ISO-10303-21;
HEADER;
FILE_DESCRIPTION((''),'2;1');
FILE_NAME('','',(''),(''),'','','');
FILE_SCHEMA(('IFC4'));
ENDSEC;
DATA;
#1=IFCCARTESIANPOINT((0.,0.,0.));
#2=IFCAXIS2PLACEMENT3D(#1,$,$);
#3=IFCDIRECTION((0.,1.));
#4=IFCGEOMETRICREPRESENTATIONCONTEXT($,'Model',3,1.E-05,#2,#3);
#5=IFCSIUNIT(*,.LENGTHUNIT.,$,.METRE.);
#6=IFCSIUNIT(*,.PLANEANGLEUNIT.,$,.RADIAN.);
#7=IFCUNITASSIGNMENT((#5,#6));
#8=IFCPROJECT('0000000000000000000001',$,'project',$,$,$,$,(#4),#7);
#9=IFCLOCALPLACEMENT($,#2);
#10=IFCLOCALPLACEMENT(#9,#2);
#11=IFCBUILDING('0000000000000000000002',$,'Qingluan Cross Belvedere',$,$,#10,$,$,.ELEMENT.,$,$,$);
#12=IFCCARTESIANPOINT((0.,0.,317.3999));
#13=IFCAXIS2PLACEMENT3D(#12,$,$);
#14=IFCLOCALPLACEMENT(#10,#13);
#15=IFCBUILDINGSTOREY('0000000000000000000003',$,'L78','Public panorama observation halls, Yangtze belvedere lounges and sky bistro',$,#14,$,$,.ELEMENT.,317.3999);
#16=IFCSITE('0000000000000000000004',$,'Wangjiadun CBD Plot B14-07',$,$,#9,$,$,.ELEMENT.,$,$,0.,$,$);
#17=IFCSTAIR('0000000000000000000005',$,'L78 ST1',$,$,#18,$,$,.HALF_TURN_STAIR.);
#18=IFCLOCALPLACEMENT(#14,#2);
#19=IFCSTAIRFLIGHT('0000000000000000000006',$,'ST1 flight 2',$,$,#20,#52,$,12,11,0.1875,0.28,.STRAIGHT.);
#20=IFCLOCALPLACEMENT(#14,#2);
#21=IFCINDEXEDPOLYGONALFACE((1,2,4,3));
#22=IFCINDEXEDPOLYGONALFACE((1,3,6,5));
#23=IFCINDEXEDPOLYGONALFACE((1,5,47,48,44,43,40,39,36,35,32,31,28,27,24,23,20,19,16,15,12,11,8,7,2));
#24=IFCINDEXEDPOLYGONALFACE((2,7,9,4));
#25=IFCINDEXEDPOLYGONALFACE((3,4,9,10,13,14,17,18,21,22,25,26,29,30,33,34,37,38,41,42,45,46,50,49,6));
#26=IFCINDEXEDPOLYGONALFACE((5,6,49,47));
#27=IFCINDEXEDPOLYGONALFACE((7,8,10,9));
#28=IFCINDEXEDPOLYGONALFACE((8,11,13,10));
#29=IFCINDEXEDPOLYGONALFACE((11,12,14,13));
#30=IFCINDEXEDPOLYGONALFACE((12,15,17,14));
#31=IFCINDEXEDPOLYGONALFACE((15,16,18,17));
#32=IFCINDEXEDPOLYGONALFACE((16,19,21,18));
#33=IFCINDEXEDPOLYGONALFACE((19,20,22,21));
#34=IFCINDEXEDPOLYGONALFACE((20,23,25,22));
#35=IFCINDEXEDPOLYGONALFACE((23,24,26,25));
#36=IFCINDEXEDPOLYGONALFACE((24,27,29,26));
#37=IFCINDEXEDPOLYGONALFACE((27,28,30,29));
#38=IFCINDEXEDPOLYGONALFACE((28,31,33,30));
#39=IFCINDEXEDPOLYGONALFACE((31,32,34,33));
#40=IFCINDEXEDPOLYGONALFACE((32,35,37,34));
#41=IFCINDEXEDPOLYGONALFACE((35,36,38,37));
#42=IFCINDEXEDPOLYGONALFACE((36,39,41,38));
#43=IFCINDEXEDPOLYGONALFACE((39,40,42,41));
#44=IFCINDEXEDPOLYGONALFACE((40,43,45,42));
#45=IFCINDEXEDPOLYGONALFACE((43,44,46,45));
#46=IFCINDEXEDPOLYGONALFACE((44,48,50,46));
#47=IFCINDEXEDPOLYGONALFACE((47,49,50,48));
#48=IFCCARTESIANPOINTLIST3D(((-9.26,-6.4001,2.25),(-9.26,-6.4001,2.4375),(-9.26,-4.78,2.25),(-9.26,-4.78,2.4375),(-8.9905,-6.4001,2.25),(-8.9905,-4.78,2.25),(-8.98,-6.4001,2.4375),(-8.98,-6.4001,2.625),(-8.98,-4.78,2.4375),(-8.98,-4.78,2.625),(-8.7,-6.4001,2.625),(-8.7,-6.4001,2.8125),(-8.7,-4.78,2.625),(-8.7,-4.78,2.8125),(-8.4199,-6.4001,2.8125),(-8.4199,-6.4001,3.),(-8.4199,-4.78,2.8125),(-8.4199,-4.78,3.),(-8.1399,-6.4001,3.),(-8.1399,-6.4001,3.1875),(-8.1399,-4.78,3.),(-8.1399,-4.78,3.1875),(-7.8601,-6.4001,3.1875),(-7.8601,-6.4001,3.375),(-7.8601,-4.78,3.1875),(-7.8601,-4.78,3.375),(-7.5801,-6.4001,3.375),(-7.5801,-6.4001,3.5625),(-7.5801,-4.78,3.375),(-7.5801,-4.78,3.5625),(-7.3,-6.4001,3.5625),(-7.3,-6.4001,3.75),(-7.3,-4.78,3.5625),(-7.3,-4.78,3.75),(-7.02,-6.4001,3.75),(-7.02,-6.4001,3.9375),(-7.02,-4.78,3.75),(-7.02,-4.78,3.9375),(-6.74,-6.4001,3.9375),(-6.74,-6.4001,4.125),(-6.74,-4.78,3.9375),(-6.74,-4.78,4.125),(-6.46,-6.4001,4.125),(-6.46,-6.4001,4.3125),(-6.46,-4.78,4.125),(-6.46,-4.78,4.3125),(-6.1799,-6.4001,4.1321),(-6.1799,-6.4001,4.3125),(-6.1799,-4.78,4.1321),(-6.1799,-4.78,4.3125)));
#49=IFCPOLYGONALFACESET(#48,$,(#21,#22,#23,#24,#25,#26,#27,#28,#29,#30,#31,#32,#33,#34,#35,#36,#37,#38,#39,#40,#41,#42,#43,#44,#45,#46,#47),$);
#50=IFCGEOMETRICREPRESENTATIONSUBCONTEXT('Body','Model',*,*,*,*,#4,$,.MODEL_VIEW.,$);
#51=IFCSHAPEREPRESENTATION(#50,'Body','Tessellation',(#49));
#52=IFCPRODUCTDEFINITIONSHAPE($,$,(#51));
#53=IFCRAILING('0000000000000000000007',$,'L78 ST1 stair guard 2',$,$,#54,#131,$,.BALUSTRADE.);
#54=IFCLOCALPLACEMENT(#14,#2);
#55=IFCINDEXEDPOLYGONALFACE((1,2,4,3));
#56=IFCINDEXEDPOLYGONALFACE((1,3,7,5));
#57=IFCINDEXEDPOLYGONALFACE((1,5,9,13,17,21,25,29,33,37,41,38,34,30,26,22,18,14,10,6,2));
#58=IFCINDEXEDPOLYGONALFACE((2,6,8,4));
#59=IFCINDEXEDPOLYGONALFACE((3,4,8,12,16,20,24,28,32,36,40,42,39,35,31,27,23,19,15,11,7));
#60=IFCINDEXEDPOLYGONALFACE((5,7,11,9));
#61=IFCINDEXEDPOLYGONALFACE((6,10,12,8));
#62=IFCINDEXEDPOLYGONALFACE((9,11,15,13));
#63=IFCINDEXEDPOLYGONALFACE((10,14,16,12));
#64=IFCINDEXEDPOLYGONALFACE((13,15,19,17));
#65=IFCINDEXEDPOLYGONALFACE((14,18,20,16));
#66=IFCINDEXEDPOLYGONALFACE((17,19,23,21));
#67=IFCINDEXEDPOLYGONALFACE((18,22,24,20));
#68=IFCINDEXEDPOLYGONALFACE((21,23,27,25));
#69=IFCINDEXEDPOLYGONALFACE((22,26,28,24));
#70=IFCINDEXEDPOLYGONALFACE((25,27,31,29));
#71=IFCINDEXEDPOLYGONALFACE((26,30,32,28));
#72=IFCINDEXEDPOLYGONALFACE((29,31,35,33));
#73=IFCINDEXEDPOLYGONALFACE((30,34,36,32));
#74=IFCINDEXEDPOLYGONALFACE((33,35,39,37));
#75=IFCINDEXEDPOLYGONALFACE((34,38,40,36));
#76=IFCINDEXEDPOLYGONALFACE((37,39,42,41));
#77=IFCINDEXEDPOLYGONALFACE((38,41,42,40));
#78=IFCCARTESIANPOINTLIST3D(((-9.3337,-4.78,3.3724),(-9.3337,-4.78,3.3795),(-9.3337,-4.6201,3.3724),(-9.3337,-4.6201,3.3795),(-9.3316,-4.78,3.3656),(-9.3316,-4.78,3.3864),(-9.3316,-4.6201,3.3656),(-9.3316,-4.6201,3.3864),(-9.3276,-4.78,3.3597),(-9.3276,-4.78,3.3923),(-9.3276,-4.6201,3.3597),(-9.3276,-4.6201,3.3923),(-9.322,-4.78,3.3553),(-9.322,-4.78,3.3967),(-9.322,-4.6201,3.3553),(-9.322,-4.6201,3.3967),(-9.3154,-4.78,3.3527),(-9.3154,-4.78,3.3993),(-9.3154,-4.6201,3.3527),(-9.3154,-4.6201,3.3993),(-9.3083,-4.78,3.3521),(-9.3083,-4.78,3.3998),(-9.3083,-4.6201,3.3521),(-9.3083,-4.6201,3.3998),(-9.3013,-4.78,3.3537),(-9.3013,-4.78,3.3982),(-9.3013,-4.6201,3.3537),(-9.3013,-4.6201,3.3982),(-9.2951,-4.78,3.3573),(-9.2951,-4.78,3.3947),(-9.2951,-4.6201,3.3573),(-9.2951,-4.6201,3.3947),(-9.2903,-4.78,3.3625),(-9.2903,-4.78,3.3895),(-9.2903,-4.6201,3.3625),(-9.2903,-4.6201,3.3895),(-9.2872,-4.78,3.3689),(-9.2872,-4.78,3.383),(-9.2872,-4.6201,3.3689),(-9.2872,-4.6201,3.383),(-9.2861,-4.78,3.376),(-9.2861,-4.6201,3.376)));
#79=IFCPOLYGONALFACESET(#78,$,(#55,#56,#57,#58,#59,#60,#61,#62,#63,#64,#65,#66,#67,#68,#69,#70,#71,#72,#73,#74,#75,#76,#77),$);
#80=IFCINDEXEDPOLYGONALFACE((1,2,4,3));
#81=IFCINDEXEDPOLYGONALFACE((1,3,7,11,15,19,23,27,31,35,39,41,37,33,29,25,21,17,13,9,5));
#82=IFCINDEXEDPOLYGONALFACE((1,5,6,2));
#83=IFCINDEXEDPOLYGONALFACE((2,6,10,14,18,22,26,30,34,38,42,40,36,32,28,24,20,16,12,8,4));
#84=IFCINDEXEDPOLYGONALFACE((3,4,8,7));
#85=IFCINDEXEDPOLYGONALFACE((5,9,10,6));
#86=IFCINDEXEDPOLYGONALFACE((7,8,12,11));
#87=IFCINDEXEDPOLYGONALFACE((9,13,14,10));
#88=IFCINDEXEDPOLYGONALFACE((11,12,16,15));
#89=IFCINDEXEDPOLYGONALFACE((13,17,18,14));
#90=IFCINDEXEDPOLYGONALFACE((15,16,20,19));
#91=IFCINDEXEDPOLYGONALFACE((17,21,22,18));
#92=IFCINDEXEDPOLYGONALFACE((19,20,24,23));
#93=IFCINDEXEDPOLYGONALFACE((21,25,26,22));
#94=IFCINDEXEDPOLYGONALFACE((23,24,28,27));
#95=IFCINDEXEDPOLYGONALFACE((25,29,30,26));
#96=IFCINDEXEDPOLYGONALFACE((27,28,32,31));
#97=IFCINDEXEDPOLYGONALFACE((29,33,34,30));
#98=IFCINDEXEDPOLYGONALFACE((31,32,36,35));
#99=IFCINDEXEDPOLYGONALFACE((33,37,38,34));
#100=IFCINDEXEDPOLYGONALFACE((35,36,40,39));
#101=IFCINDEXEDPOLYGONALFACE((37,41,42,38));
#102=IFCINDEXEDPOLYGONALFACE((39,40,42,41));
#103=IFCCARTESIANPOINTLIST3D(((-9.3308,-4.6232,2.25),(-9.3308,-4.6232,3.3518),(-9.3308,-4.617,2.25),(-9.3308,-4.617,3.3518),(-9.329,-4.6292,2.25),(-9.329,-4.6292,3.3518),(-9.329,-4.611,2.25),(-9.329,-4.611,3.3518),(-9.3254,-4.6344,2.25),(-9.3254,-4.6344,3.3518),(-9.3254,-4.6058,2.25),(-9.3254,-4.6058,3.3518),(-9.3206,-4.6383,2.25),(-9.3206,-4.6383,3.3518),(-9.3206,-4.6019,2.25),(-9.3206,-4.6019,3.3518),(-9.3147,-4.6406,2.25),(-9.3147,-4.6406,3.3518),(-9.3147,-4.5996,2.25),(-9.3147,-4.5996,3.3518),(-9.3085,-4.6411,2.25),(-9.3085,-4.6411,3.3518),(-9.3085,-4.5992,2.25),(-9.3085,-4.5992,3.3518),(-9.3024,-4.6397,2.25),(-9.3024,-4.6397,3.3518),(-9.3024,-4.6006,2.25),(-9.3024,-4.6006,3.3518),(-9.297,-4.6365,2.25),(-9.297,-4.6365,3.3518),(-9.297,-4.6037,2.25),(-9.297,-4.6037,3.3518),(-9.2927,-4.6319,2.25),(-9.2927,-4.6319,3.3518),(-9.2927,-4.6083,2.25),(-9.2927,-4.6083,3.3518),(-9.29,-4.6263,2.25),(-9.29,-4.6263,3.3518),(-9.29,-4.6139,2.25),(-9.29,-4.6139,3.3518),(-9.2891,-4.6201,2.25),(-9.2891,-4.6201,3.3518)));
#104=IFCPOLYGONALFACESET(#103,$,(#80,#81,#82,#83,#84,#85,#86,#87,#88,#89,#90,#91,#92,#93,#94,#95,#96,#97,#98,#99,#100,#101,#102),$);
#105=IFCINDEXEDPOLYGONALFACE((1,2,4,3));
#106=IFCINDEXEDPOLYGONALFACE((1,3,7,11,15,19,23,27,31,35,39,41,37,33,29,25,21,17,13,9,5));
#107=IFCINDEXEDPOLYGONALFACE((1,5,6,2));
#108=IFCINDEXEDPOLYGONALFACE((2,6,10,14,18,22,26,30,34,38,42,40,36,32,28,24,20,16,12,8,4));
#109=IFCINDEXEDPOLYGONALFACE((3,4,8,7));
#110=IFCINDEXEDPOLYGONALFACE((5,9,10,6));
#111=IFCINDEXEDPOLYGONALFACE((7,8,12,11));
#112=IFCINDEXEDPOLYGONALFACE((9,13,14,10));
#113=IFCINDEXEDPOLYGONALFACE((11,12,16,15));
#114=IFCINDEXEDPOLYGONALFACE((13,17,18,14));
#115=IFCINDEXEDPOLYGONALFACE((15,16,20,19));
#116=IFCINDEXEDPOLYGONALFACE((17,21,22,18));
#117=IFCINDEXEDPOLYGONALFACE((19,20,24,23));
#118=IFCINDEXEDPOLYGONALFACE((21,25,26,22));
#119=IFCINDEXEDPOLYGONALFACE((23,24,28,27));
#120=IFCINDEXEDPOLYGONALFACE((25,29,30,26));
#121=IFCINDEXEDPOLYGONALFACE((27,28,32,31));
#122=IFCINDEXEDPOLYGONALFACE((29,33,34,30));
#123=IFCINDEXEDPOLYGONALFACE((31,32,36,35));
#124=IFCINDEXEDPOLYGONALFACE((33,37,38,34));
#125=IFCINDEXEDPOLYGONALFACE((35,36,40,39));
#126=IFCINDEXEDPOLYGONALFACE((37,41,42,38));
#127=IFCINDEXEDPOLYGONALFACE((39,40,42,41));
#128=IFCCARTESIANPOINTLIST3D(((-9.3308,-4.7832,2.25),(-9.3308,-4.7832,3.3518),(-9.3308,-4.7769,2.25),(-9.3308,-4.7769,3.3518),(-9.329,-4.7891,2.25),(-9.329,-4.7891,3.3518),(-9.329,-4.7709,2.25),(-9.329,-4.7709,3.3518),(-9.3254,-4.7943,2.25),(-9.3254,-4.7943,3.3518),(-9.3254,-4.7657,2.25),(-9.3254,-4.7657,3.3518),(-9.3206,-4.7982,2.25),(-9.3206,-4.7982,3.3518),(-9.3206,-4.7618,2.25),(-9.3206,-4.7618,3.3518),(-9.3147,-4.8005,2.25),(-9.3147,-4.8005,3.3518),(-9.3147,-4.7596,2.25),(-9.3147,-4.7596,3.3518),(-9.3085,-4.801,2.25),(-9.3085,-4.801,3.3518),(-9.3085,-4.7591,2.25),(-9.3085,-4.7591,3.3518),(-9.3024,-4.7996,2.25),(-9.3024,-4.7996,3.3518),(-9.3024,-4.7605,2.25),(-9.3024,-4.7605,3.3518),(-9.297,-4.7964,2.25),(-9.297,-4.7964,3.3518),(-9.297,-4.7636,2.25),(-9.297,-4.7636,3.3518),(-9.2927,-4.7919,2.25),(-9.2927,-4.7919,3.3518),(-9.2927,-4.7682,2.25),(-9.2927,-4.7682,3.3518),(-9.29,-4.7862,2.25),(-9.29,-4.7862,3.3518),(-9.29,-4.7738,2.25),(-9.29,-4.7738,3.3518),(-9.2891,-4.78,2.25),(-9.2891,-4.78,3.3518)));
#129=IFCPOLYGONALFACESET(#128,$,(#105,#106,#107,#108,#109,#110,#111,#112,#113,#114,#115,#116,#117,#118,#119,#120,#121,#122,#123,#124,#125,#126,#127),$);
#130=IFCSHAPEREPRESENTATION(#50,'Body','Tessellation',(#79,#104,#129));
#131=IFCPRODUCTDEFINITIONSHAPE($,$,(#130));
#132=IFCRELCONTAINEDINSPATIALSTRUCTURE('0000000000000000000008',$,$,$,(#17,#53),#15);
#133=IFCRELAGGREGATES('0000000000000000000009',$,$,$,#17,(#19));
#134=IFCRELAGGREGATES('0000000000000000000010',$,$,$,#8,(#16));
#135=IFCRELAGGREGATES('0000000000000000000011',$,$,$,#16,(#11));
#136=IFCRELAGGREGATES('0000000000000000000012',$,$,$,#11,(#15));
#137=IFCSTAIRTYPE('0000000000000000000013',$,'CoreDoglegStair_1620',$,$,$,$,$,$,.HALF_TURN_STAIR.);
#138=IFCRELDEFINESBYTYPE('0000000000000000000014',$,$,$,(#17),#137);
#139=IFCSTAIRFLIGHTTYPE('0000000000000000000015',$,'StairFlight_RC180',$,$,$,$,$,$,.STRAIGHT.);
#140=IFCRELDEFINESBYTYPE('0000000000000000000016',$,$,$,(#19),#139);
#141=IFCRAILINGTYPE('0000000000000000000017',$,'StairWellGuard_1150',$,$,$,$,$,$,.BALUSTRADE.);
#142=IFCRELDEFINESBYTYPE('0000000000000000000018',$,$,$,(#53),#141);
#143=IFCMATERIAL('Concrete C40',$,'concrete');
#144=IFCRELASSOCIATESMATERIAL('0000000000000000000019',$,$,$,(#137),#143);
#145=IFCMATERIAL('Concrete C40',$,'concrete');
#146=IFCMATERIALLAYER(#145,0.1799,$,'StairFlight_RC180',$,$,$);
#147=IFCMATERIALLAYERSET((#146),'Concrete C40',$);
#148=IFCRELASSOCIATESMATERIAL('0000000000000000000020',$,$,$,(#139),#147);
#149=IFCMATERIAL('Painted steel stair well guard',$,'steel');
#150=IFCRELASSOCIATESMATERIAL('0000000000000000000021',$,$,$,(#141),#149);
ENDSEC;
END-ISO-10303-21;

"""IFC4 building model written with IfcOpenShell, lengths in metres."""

from ifc_helpers import new_model, si_unit, direction, frame, origin, origin_2d, place, context, subcontext, project, spatial, polyline, circle, outline, extrude, material, layer, layer_set, type_object, element, aggregate, save


model = new_model("IFC4")

# Units and contexts
model_context = context("Model", 3, precision=1e-05, world=origin(), true_north=direction((0.0, 1.0)))
body_context = subcontext(model_context, "Body", "Model", "MODEL_VIEW")
ifc_project = project(units=[si_unit("LENGTHUNIT", "METRE"), si_unit("PLANEANGLEUNIT", "RADIAN")], contexts=[model_context])

# Site, building, storey
site_placement = place(None, origin())
site = spatial("IfcSite", under=ifc_project, at=site_placement, Name="Wangjiadun CBD Plot B14-07", CompositionType="ELEMENT", RefElevation=0.0)
building_placement = place(site_placement, origin())
building = spatial("IfcBuilding", under=site, at=building_placement, Name="Qingluan Cross Belvedere", CompositionType="ELEMENT")
storey_placement = place(building_placement, frame((0.0, 0.0, 317.3999)))
storey = spatial("IfcBuildingStorey", under=building, at=storey_placement, Name="L78", Description="Public panorama observation halls, Yangtze belvedere lounges and sky bistro", CompositionType="ELEMENT", Elevation=317.3999)

# Stair, stair flight
ifc_material_1 = material(Name="Concrete C40", Category="concrete")
stair_type = type_object("IfcStairType", Name="CoreDoglegStair_1620", PredefinedType="HALF_TURN_STAIR", material=ifc_material_1)
stair_placement = place(storey_placement, origin())
stair = element("IfcStair", 1, at=stair_placement, inside=storey, type_object=stair_type, Name="L78 ST1", PredefinedType="HALF_TURN_STAIR")
ifc_material_2 = material(Name="Concrete C40", Category="concrete")
ifc_layer_1 = layer(ifc_material_2, 0.1799, Name="StairFlight_RC180")
ifc_layer_set_1 = layer_set([ifc_layer_1], Name="Concrete C40")
stair_flight_type = type_object("IfcStairFlightType", Name="StairFlight_RC180", PredefinedType="STRAIGHT", material=ifc_layer_set_1)
stair_flight_placement = place(storey_placement, frame((-9.26, -5.5901, 2.25), z_axis=(0.0, 0.0, 1.0), x_axis=(1.0, 0.0, 0.0)))
stair_flight = element("IfcStairFlight", 2, at=stair_flight_placement, type_object=stair_flight_type, Name="ST1 flight 2", NumberOfRisers=12, NumberOfTreads=11, PredefinedType="STRAIGHT", RiserHeight=0.1875, TreadLength=0.28, context=body_context, shape_type="SweptSolid", body=[
    extrude(outline(polyline([(0.0, 0.0), (0.0, 0.1875), (0.28, 0.1875), (0.28, 0.375), (0.5601, 0.375), (0.5601, 0.5625), (0.8401, 0.5625), (0.8401, 0.75), (1.1201, 0.75), (1.1201, 0.9375), (1.3999, 0.9375), (1.3999, 1.125), (1.6799, 1.125), (1.6799, 1.3125), (1.96, 1.3125), (1.96, 1.5), (2.24, 1.5), (2.24, 1.6875), (2.52, 1.6875), (2.52, 1.875), (2.8, 1.875), (2.8, 2.0625), (3.0801, 2.0625), (3.0801, 2.25), (3.0801, 1.8821), (0.2695, 0.0), (0.0, 0.0)])), frame((0.0, 0.8101, 0.0), z_axis=(0.0, -1.0, 0.0), x_axis=(1.0, 0.0, 0.0)), (0.0, 0.0, 1.0), 1.6201),
])
aggregate(stair, [stair_flight])

# Railing
ifc_material_3 = material(Name="Painted steel stair well guard", Category="steel")
railing_type = type_object("IfcRailingType", Name="StairWellGuard_1150", PredefinedType="BALUSTRADE", material=ifc_material_3)
railing_1_placement = place(storey_placement, frame((-9.3101, -4.6201, 2.25)))
element("IfcRailing", 3, at=railing_1_placement, inside=storey, type_object=railing_type, Name="L78 ST1 stair guard 2", PredefinedType="BALUSTRADE", context=body_context, shape_type="SweptSolid", body=[
    extrude(circle(Radius=0.0239, at=origin_2d()), frame((0.0, 0.0, 1.126), z_axis=(0.0, -1.0, 0.0), x_axis=(1.0, 0.0, 0.0)), (0.0, 0.0, 1.0), 0.1599),
    extrude(circle(Radius=0.021, at=origin_2d()), origin(), (0.0, 0.0, 1.0), 1.1018),
    extrude(circle(Radius=0.021, at=origin_2d()), frame((0.0, -0.1599, 0.0)), (0.0, 0.0, 1.0), 1.1018),
])

save(model, "model.ifc")
